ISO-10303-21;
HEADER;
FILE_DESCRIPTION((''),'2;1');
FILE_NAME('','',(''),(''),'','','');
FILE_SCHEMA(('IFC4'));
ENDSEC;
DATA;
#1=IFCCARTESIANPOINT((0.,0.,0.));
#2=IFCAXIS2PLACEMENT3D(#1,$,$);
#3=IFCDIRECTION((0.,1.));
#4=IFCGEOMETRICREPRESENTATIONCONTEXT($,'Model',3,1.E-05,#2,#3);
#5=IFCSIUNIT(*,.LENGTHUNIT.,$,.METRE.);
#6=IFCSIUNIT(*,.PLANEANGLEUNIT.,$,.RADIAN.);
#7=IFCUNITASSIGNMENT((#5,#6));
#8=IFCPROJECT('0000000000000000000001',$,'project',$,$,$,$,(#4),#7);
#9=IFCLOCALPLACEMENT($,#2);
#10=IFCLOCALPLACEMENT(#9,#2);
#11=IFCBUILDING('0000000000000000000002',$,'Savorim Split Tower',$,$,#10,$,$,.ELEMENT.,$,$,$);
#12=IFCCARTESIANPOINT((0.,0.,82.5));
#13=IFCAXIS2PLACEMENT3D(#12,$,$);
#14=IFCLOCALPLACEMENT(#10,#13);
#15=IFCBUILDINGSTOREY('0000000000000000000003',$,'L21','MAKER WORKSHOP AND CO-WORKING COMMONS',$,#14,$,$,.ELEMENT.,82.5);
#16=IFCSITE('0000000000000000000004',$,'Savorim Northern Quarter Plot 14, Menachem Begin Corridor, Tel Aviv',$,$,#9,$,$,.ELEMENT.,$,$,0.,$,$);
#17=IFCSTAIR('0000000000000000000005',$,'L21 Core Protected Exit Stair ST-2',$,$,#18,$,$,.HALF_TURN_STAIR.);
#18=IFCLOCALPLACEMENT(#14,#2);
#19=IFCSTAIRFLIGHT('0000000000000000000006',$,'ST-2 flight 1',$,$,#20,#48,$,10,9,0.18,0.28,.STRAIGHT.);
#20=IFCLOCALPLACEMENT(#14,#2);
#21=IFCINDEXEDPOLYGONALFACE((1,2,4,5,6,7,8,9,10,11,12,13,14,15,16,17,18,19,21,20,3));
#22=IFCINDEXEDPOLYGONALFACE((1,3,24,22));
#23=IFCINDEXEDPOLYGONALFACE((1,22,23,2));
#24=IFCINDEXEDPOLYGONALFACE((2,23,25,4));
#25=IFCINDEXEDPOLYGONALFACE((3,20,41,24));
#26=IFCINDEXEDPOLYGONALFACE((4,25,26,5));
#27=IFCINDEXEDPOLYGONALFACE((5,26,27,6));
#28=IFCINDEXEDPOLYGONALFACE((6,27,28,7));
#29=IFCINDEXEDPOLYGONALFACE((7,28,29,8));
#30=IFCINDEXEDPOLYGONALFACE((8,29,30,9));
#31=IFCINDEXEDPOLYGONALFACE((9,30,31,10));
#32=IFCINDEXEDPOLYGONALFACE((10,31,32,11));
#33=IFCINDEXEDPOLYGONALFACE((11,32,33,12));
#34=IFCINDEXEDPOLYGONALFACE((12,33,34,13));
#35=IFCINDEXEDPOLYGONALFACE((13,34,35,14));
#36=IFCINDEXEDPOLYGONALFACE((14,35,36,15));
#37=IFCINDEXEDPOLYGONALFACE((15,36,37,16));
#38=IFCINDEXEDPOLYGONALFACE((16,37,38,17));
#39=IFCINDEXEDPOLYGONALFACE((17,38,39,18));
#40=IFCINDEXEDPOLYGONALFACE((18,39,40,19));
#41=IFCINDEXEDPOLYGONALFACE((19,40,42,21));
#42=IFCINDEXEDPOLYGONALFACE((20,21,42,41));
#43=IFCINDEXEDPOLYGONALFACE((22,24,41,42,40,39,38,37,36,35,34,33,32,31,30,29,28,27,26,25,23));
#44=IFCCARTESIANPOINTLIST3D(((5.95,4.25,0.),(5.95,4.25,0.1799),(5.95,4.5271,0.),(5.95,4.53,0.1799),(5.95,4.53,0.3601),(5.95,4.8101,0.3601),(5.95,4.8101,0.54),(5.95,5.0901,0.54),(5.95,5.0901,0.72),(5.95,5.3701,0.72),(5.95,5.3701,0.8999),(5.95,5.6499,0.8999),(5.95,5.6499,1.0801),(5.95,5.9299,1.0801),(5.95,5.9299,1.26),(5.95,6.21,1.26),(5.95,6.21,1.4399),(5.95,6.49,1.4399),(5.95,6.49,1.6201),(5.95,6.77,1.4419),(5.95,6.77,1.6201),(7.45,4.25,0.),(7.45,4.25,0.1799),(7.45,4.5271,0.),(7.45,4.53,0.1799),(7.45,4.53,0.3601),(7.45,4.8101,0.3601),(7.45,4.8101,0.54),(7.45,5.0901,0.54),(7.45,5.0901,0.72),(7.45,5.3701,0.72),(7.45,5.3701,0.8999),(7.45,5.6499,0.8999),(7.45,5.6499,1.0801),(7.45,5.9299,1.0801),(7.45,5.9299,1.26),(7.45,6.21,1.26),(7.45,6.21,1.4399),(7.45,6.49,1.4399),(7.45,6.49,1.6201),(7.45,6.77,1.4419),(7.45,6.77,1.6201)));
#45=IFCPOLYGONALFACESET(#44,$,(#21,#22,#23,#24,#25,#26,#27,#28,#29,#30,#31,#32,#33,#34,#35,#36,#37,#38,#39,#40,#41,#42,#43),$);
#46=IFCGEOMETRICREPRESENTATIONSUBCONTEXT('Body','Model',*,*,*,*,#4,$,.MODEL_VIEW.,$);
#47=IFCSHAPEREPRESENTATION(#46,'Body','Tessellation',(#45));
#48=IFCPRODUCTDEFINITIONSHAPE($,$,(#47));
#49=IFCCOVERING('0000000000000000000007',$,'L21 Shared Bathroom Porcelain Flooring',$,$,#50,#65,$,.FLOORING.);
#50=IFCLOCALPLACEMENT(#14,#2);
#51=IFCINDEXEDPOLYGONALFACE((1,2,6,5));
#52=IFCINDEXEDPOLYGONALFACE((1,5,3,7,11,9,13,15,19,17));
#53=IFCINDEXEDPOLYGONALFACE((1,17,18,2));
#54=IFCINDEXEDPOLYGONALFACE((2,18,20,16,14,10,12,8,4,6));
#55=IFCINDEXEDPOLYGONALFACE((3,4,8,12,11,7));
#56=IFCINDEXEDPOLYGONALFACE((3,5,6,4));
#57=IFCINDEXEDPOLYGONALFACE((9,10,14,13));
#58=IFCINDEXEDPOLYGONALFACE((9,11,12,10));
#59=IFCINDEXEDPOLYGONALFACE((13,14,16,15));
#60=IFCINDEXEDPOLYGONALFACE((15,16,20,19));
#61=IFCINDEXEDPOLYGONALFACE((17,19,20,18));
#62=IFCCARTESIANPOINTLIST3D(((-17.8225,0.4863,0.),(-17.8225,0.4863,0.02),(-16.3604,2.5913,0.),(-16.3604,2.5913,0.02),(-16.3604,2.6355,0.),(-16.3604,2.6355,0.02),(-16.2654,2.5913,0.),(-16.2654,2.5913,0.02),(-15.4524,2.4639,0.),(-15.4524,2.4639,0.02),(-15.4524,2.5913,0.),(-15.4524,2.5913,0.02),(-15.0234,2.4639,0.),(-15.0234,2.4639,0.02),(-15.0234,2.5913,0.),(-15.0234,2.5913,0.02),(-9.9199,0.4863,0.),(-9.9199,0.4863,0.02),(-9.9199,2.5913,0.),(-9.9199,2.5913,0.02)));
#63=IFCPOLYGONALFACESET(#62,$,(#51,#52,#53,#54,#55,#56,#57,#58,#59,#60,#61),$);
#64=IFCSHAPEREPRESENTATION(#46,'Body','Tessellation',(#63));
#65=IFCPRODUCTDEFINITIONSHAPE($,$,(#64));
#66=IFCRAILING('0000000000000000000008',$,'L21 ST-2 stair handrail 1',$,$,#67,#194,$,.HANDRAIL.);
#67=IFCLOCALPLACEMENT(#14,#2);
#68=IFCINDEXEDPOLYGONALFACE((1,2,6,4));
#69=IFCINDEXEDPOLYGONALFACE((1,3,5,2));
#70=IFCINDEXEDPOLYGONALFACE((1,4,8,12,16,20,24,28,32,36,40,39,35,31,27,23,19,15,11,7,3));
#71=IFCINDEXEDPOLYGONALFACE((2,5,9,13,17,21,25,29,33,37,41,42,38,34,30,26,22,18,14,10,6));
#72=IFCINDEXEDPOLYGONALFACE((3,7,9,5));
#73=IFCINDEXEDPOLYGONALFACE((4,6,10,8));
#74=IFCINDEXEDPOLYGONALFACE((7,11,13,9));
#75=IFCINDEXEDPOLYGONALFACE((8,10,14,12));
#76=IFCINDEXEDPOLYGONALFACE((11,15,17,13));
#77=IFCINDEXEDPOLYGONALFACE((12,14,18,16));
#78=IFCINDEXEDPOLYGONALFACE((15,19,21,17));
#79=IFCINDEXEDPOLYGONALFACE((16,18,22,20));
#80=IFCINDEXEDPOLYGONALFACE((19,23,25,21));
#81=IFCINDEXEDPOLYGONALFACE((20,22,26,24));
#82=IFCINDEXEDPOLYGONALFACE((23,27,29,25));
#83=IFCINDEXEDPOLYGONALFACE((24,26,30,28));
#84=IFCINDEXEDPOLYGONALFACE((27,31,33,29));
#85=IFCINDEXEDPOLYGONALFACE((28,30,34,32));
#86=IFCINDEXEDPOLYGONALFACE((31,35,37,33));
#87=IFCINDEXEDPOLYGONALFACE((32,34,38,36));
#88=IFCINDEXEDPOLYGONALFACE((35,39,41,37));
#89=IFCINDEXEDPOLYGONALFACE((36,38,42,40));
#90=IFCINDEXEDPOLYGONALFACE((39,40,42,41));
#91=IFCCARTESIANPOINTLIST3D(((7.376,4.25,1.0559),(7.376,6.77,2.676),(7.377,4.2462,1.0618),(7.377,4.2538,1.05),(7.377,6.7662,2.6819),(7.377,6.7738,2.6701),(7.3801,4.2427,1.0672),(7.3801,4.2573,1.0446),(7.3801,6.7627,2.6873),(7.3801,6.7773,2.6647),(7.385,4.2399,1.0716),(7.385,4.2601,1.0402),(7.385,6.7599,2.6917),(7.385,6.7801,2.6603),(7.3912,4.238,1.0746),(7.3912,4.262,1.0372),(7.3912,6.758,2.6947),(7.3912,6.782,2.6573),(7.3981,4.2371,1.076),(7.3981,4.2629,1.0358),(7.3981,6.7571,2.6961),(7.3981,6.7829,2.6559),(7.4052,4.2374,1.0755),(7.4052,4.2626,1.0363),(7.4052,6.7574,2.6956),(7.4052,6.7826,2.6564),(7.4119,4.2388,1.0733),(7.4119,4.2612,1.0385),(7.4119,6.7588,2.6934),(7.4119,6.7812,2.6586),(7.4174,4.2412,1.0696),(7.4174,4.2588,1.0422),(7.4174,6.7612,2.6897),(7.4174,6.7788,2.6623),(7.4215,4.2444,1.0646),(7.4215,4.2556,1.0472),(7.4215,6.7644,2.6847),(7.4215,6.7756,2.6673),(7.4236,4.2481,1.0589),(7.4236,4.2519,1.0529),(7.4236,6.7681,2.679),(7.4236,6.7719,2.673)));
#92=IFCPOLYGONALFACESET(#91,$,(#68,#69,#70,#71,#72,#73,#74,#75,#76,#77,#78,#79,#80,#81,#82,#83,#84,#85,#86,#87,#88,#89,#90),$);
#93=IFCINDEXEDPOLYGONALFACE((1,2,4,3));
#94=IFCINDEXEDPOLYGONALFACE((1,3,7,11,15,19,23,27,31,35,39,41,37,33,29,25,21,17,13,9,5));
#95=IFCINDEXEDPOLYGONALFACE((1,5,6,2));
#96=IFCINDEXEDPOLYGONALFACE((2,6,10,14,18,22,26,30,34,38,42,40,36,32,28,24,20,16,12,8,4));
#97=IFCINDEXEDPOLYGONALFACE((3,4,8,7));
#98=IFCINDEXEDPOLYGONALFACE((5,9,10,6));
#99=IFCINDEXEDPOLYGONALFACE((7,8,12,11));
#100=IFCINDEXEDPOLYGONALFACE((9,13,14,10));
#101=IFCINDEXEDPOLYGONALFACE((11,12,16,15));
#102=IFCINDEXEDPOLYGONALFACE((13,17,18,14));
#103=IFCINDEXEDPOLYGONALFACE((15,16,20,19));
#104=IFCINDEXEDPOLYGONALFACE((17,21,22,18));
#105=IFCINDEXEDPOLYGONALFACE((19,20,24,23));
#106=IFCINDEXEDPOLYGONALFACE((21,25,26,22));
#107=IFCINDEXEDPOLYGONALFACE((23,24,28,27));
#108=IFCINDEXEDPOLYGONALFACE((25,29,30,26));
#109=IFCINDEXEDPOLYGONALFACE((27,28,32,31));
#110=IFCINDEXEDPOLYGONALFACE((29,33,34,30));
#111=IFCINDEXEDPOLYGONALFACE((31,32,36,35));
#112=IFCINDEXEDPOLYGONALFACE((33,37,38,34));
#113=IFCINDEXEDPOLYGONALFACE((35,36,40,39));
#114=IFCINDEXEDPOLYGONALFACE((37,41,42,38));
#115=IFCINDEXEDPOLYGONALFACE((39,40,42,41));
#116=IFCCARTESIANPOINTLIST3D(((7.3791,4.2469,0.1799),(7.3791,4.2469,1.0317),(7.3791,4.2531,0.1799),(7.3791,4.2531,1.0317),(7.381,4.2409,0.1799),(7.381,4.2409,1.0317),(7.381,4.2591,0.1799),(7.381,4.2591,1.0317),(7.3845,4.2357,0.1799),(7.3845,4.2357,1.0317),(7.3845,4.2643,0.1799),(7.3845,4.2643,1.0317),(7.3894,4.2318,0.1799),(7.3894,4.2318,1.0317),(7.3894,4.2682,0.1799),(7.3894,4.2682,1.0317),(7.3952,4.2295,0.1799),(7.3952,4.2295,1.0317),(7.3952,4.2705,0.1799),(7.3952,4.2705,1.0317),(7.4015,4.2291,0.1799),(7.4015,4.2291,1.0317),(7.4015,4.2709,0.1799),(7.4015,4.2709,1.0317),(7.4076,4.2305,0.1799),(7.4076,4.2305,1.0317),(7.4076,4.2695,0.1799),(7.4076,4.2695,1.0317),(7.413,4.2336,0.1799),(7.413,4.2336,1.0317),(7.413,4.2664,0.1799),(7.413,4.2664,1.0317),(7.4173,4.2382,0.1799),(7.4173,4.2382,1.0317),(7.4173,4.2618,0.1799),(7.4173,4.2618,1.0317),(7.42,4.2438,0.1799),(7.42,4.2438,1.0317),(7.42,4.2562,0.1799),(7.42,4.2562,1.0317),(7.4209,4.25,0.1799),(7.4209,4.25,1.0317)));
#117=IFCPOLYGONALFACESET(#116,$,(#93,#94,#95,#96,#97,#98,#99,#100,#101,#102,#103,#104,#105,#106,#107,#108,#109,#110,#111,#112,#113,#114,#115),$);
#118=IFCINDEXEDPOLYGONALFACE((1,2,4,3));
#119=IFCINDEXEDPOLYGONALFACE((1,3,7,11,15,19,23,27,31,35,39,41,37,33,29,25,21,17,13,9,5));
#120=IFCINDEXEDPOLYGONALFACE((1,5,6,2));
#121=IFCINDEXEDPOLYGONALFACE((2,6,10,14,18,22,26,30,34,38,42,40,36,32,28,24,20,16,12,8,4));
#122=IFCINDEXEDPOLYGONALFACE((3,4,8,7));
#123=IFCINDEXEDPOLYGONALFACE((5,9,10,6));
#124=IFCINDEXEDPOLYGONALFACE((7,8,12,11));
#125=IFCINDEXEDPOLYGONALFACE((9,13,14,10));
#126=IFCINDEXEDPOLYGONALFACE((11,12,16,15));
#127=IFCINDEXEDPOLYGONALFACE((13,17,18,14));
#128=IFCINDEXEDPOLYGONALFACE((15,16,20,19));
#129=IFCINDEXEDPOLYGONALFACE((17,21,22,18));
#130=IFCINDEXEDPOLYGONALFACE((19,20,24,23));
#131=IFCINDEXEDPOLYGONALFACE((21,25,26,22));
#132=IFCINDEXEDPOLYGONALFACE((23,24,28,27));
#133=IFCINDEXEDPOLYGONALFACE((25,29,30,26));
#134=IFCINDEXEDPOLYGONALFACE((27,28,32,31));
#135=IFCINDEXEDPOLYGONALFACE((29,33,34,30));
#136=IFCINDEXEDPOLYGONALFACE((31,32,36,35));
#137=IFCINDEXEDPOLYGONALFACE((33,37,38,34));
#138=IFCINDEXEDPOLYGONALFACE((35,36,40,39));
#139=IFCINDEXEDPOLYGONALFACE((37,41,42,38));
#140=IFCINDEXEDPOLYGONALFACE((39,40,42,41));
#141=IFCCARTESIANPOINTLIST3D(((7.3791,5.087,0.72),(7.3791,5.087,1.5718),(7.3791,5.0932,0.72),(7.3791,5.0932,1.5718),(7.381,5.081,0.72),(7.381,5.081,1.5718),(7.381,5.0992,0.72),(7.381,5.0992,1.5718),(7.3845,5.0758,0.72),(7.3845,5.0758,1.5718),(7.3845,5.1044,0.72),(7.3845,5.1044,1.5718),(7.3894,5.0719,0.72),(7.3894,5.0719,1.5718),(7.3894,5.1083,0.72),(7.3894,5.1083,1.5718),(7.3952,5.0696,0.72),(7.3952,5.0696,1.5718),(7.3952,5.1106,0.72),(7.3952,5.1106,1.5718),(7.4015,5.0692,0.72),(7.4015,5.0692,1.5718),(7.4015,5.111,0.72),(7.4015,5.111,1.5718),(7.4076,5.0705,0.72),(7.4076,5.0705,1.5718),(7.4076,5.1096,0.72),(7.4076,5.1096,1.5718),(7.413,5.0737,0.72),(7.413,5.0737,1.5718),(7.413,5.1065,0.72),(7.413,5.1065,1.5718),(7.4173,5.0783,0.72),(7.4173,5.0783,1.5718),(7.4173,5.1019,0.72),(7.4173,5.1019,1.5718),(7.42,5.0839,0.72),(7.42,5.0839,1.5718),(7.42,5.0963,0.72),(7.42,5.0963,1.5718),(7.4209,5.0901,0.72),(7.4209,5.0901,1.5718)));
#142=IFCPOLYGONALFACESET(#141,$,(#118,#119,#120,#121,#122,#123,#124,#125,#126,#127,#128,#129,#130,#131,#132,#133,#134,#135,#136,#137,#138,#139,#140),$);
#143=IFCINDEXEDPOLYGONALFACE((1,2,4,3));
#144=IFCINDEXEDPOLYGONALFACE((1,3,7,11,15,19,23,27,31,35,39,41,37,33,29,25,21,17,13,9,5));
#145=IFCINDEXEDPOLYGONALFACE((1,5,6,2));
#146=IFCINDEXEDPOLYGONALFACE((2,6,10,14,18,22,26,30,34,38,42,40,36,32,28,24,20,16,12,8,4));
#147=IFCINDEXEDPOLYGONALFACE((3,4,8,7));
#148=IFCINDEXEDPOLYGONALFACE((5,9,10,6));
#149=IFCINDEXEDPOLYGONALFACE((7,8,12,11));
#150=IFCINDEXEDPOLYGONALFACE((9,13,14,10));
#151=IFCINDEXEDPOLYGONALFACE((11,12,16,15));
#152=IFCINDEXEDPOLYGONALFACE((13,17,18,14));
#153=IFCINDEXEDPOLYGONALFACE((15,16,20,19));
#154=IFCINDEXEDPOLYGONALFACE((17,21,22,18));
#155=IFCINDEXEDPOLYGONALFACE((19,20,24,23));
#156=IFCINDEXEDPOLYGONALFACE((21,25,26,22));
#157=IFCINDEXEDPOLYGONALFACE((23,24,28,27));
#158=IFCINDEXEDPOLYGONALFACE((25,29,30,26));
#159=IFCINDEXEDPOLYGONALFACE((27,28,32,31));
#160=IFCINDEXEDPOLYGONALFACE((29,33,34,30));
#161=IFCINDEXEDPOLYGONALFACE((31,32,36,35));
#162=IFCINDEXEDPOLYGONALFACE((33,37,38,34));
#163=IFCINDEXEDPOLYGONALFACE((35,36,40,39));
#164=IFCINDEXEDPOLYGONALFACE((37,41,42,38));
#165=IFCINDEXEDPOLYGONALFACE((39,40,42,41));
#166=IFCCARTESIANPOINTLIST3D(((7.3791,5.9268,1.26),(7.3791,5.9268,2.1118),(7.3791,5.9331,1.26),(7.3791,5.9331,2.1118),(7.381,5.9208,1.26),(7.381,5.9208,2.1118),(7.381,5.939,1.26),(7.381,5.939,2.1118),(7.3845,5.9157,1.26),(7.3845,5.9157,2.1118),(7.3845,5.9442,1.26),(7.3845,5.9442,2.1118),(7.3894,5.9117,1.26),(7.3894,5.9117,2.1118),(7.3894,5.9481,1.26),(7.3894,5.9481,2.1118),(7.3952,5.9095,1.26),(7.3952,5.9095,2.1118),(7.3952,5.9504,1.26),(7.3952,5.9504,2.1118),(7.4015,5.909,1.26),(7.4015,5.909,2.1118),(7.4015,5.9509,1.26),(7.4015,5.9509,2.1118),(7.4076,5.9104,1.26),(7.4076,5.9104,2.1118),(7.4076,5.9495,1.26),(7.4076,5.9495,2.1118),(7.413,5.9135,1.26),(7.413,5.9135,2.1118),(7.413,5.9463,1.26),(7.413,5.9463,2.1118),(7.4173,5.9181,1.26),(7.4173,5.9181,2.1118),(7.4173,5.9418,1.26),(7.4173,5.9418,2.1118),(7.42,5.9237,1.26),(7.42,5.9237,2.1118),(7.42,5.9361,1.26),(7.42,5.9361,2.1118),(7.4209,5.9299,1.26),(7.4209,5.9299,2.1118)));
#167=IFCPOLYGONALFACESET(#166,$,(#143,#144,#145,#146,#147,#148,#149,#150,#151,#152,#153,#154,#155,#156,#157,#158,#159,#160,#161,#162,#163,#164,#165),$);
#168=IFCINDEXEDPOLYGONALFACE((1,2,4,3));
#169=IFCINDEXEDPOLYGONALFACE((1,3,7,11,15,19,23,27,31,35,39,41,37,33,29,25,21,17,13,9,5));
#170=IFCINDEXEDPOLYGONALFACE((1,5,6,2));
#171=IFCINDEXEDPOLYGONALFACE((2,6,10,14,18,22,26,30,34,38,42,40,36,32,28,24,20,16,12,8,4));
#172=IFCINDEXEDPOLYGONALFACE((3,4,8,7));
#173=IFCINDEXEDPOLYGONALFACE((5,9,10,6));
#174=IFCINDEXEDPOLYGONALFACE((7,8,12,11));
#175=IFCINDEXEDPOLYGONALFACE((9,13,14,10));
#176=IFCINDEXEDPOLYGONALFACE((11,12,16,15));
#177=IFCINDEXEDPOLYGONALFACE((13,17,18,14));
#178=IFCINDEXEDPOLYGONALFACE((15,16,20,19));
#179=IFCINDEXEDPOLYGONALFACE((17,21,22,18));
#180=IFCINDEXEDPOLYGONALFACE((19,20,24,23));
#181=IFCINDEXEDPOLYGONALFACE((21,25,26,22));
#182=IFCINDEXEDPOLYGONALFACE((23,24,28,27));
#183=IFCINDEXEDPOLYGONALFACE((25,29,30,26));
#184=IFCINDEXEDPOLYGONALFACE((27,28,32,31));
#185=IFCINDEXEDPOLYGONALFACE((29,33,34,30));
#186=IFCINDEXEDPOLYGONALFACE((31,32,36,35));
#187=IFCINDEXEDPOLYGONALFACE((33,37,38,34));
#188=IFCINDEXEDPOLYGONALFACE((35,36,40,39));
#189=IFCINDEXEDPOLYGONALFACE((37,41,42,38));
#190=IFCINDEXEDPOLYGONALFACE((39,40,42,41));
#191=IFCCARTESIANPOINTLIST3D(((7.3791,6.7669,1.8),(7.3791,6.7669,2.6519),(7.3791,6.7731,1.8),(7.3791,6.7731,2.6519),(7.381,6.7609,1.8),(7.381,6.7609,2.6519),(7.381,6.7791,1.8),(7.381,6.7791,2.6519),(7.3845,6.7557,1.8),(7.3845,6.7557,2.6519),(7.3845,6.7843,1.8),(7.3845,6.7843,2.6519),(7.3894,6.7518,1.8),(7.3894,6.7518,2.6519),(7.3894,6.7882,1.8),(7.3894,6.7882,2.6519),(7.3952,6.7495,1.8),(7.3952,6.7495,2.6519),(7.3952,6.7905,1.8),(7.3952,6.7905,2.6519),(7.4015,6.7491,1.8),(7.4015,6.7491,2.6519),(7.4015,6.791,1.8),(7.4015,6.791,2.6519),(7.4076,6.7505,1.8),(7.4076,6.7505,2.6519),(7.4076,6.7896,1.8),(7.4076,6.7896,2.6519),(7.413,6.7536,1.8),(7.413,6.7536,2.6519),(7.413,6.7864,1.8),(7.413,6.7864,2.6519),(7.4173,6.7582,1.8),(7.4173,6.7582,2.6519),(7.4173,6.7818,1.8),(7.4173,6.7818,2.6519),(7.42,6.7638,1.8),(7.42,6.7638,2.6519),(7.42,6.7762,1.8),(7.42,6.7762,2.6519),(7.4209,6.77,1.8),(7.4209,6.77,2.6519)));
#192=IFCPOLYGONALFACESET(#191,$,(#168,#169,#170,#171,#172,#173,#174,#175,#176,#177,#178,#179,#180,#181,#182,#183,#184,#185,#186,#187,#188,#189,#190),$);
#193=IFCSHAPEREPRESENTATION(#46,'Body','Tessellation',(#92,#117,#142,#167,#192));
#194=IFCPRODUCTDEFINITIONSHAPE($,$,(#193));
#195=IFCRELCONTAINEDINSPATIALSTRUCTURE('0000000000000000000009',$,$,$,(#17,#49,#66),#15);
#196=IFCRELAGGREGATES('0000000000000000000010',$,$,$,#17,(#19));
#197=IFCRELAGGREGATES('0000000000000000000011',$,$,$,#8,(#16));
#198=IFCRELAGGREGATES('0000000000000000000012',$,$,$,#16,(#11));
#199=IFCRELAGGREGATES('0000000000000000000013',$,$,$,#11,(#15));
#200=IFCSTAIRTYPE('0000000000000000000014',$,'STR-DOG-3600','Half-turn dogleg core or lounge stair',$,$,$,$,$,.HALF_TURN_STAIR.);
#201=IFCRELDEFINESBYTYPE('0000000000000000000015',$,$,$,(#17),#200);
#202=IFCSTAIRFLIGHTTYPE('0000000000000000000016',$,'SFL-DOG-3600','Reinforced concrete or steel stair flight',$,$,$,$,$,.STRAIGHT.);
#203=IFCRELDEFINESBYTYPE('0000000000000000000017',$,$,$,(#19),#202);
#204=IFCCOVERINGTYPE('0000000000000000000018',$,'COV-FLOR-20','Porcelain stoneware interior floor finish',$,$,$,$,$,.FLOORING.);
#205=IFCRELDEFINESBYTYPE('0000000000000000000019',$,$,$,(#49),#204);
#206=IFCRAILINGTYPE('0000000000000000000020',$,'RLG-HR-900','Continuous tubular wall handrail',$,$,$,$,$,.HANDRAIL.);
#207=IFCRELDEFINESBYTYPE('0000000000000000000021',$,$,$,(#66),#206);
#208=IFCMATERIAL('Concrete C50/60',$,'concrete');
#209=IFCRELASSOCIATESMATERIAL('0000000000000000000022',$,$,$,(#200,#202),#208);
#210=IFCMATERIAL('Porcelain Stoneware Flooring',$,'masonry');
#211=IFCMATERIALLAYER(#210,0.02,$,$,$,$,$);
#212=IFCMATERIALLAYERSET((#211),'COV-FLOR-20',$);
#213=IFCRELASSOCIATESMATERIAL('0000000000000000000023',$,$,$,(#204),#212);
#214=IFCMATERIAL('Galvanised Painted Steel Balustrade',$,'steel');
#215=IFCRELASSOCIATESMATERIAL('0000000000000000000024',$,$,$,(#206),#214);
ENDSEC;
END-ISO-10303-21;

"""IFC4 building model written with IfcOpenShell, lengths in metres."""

from ifc_helpers import new_model, si_unit, direction, frame, origin, origin_2d, place, context, subcontext, project, spatial, polyline, circle, outline, extrude, material, layer, layer_set, type_object, element, aggregate, save


model = new_model("IFC4")

# Units and contexts
model_context = context("Model", 3, precision=1e-05, world=origin(), true_north=direction((0.0, 1.0)))
body_context = subcontext(model_context, "Body", "Model", "MODEL_VIEW")
ifc_project = project(units=[si_unit("LENGTHUNIT", "METRE"), si_unit("PLANEANGLEUNIT", "RADIAN")], contexts=[model_context])

# Site, building, storey
site_placement = place(None, origin())
site = spatial("IfcSite", under=ifc_project, at=site_placement, Name="Savorim Northern Quarter Plot 14, Menachem Begin Corridor, Tel Aviv", CompositionType="ELEMENT", RefElevation=0.0)
building_placement = place(site_placement, origin())
building = spatial("IfcBuilding", under=site, at=building_placement, Name="Savorim Split Tower", CompositionType="ELEMENT")
storey_placement = place(building_placement, frame((0.0, 0.0, 82.5)))
storey = spatial("IfcBuildingStorey", under=building, at=storey_placement, Name="L21", Description="MAKER WORKSHOP AND CO-WORKING COMMONS", CompositionType="ELEMENT", Elevation=82.5)

# Shared definitions
ifc_material_1 = material(Name="Concrete C50/60", Category="concrete")

# Stair, stair flight
stair_type = type_object("IfcStairType", Name="STR-DOG-3600", Description="Half-turn dogleg core or lounge stair", PredefinedType="HALF_TURN_STAIR", material=ifc_material_1)
stair_placement = place(storey_placement, origin())
stair = element("IfcStair", 1, at=stair_placement, inside=storey, type_object=stair_type, Name="L21 Core Protected Exit Stair ST-2", PredefinedType="HALF_TURN_STAIR")
stair_flight_type = type_object("IfcStairFlightType", Name="SFL-DOG-3600", Description="Reinforced concrete or steel stair flight", PredefinedType="STRAIGHT", material=ifc_material_1)
stair_flight_placement = place(storey_placement, frame((6.7, 4.25, 0.0), z_axis=(0.0, 0.0, 1.0), x_axis=(0.0, 1.0, 0.0)))
stair_flight = element("IfcStairFlight", 2, at=stair_flight_placement, type_object=stair_flight_type, Name="ST-2 flight 1", NumberOfRisers=10, NumberOfTreads=9, PredefinedType="STRAIGHT", RiserHeight=0.18, TreadLength=0.28, context=body_context, shape_type="SweptSolid", body=[
    extrude(outline(polyline([(0.0, 0.0), (0.0, 0.1799), (0.28, 0.1799), (0.28, 0.3601), (0.5601, 0.3601), (0.5601, 0.54), (0.8401, 0.54), (0.8401, 0.72), (1.1201, 0.72), (1.1201, 0.8999), (1.3999, 0.8999), (1.3999, 1.0801), (1.6799, 1.0801), (1.6799, 1.26), (1.96, 1.26), (1.96, 1.4399), (2.24, 1.4399), (2.24, 1.6201), (2.52, 1.6201), (2.52, 1.8), (2.52, 1.4419), (0.2771, 0.0), (0.0, 0.0)])), frame((0.0, 0.75, 0.0), z_axis=(0.0, -1.0, 0.0), x_axis=(1.0, 0.0, 0.0)), (0.0, 0.0, 1.0), 1.5),
])
aggregate(stair, [stair_flight])

# Covering
ifc_material_2 = material(Name="Porcelain Stoneware Flooring", Category="masonry")
ifc_layer_1 = layer(ifc_material_2, 0.02)
ifc_layer_set_1 = layer_set([ifc_layer_1], Name="COV-FLOR-20")
covering_type = type_object("IfcCoveringType", Name="COV-FLOR-20", Description="Porcelain stoneware interior floor finish", PredefinedType="FLOORING", material=ifc_layer_set_1)
covering_placement = place(storey_placement, origin())
element("IfcCovering", 3, at=covering_placement, inside=storey, type_object=covering_type, Name="L21 Shared Bathroom Porcelain Flooring", PredefinedType="FLOORING", context=body_context, shape_type="SweptSolid", body=[
    extrude(outline(polyline([(-15.4524, 2.5913), (-16.2654, 2.5913), (-16.3604, 2.5913), (-16.3604, 2.6355), (-17.8225, 0.4863), (-9.9199, 0.4863), (-9.9199, 2.5913), (-15.0234, 2.5913), (-15.0234, 2.4639), (-15.4524, 2.4639), (-15.4524, 2.5913)])), origin(), (0.0, 0.0, 1.0), 0.02),
])

# Railing
ifc_material_3 = material(Name="Galvanised Painted Steel Balustrade", Category="steel")
railing_type_1 = type_object("IfcRailingType", Name="RLG-HR-900", Description="Continuous tubular wall handrail", PredefinedType="HANDRAIL", material=ifc_material_3)
railing_1_placement = place(storey_placement, frame((7.3999, 4.25, 0.1799)))
element("IfcRailing", 4, at=railing_1_placement, inside=storey, type_object=railing_type_1, Name="L21 ST-2 stair handrail 1", PredefinedType="HANDRAIL", context=body_context, shape_type="SweptSolid", body=[
    extrude(circle(Radius=0.0239, at=origin_2d()), frame((0.0, 0.0, 0.876), z_axis=(0.0, 0.841163, 0.540782), x_axis=(-1.0, 0.0, 0.0)), (0.0, 0.0, 1.0), 2.9958),
    extrude(circle(Radius=0.021, at=origin_2d()), origin(), (0.0, 0.0, 1.0), 0.8518),
    extrude(circle(Radius=0.021, at=origin_2d()), frame((0.0, 0.8401, 0.54)), (0.0, 0.0, 1.0), 0.8518),
    extrude(circle(Radius=0.021, at=origin_2d()), frame((0.0, 1.6799, 1.0801)), (0.0, 0.0, 1.0), 0.8518),
    extrude(circle(Radius=0.021, at=origin_2d()), frame((0.0, 2.52, 1.6201)), (0.0, 0.0, 1.0), 0.8518),
])

save(model, "model.ifc")
